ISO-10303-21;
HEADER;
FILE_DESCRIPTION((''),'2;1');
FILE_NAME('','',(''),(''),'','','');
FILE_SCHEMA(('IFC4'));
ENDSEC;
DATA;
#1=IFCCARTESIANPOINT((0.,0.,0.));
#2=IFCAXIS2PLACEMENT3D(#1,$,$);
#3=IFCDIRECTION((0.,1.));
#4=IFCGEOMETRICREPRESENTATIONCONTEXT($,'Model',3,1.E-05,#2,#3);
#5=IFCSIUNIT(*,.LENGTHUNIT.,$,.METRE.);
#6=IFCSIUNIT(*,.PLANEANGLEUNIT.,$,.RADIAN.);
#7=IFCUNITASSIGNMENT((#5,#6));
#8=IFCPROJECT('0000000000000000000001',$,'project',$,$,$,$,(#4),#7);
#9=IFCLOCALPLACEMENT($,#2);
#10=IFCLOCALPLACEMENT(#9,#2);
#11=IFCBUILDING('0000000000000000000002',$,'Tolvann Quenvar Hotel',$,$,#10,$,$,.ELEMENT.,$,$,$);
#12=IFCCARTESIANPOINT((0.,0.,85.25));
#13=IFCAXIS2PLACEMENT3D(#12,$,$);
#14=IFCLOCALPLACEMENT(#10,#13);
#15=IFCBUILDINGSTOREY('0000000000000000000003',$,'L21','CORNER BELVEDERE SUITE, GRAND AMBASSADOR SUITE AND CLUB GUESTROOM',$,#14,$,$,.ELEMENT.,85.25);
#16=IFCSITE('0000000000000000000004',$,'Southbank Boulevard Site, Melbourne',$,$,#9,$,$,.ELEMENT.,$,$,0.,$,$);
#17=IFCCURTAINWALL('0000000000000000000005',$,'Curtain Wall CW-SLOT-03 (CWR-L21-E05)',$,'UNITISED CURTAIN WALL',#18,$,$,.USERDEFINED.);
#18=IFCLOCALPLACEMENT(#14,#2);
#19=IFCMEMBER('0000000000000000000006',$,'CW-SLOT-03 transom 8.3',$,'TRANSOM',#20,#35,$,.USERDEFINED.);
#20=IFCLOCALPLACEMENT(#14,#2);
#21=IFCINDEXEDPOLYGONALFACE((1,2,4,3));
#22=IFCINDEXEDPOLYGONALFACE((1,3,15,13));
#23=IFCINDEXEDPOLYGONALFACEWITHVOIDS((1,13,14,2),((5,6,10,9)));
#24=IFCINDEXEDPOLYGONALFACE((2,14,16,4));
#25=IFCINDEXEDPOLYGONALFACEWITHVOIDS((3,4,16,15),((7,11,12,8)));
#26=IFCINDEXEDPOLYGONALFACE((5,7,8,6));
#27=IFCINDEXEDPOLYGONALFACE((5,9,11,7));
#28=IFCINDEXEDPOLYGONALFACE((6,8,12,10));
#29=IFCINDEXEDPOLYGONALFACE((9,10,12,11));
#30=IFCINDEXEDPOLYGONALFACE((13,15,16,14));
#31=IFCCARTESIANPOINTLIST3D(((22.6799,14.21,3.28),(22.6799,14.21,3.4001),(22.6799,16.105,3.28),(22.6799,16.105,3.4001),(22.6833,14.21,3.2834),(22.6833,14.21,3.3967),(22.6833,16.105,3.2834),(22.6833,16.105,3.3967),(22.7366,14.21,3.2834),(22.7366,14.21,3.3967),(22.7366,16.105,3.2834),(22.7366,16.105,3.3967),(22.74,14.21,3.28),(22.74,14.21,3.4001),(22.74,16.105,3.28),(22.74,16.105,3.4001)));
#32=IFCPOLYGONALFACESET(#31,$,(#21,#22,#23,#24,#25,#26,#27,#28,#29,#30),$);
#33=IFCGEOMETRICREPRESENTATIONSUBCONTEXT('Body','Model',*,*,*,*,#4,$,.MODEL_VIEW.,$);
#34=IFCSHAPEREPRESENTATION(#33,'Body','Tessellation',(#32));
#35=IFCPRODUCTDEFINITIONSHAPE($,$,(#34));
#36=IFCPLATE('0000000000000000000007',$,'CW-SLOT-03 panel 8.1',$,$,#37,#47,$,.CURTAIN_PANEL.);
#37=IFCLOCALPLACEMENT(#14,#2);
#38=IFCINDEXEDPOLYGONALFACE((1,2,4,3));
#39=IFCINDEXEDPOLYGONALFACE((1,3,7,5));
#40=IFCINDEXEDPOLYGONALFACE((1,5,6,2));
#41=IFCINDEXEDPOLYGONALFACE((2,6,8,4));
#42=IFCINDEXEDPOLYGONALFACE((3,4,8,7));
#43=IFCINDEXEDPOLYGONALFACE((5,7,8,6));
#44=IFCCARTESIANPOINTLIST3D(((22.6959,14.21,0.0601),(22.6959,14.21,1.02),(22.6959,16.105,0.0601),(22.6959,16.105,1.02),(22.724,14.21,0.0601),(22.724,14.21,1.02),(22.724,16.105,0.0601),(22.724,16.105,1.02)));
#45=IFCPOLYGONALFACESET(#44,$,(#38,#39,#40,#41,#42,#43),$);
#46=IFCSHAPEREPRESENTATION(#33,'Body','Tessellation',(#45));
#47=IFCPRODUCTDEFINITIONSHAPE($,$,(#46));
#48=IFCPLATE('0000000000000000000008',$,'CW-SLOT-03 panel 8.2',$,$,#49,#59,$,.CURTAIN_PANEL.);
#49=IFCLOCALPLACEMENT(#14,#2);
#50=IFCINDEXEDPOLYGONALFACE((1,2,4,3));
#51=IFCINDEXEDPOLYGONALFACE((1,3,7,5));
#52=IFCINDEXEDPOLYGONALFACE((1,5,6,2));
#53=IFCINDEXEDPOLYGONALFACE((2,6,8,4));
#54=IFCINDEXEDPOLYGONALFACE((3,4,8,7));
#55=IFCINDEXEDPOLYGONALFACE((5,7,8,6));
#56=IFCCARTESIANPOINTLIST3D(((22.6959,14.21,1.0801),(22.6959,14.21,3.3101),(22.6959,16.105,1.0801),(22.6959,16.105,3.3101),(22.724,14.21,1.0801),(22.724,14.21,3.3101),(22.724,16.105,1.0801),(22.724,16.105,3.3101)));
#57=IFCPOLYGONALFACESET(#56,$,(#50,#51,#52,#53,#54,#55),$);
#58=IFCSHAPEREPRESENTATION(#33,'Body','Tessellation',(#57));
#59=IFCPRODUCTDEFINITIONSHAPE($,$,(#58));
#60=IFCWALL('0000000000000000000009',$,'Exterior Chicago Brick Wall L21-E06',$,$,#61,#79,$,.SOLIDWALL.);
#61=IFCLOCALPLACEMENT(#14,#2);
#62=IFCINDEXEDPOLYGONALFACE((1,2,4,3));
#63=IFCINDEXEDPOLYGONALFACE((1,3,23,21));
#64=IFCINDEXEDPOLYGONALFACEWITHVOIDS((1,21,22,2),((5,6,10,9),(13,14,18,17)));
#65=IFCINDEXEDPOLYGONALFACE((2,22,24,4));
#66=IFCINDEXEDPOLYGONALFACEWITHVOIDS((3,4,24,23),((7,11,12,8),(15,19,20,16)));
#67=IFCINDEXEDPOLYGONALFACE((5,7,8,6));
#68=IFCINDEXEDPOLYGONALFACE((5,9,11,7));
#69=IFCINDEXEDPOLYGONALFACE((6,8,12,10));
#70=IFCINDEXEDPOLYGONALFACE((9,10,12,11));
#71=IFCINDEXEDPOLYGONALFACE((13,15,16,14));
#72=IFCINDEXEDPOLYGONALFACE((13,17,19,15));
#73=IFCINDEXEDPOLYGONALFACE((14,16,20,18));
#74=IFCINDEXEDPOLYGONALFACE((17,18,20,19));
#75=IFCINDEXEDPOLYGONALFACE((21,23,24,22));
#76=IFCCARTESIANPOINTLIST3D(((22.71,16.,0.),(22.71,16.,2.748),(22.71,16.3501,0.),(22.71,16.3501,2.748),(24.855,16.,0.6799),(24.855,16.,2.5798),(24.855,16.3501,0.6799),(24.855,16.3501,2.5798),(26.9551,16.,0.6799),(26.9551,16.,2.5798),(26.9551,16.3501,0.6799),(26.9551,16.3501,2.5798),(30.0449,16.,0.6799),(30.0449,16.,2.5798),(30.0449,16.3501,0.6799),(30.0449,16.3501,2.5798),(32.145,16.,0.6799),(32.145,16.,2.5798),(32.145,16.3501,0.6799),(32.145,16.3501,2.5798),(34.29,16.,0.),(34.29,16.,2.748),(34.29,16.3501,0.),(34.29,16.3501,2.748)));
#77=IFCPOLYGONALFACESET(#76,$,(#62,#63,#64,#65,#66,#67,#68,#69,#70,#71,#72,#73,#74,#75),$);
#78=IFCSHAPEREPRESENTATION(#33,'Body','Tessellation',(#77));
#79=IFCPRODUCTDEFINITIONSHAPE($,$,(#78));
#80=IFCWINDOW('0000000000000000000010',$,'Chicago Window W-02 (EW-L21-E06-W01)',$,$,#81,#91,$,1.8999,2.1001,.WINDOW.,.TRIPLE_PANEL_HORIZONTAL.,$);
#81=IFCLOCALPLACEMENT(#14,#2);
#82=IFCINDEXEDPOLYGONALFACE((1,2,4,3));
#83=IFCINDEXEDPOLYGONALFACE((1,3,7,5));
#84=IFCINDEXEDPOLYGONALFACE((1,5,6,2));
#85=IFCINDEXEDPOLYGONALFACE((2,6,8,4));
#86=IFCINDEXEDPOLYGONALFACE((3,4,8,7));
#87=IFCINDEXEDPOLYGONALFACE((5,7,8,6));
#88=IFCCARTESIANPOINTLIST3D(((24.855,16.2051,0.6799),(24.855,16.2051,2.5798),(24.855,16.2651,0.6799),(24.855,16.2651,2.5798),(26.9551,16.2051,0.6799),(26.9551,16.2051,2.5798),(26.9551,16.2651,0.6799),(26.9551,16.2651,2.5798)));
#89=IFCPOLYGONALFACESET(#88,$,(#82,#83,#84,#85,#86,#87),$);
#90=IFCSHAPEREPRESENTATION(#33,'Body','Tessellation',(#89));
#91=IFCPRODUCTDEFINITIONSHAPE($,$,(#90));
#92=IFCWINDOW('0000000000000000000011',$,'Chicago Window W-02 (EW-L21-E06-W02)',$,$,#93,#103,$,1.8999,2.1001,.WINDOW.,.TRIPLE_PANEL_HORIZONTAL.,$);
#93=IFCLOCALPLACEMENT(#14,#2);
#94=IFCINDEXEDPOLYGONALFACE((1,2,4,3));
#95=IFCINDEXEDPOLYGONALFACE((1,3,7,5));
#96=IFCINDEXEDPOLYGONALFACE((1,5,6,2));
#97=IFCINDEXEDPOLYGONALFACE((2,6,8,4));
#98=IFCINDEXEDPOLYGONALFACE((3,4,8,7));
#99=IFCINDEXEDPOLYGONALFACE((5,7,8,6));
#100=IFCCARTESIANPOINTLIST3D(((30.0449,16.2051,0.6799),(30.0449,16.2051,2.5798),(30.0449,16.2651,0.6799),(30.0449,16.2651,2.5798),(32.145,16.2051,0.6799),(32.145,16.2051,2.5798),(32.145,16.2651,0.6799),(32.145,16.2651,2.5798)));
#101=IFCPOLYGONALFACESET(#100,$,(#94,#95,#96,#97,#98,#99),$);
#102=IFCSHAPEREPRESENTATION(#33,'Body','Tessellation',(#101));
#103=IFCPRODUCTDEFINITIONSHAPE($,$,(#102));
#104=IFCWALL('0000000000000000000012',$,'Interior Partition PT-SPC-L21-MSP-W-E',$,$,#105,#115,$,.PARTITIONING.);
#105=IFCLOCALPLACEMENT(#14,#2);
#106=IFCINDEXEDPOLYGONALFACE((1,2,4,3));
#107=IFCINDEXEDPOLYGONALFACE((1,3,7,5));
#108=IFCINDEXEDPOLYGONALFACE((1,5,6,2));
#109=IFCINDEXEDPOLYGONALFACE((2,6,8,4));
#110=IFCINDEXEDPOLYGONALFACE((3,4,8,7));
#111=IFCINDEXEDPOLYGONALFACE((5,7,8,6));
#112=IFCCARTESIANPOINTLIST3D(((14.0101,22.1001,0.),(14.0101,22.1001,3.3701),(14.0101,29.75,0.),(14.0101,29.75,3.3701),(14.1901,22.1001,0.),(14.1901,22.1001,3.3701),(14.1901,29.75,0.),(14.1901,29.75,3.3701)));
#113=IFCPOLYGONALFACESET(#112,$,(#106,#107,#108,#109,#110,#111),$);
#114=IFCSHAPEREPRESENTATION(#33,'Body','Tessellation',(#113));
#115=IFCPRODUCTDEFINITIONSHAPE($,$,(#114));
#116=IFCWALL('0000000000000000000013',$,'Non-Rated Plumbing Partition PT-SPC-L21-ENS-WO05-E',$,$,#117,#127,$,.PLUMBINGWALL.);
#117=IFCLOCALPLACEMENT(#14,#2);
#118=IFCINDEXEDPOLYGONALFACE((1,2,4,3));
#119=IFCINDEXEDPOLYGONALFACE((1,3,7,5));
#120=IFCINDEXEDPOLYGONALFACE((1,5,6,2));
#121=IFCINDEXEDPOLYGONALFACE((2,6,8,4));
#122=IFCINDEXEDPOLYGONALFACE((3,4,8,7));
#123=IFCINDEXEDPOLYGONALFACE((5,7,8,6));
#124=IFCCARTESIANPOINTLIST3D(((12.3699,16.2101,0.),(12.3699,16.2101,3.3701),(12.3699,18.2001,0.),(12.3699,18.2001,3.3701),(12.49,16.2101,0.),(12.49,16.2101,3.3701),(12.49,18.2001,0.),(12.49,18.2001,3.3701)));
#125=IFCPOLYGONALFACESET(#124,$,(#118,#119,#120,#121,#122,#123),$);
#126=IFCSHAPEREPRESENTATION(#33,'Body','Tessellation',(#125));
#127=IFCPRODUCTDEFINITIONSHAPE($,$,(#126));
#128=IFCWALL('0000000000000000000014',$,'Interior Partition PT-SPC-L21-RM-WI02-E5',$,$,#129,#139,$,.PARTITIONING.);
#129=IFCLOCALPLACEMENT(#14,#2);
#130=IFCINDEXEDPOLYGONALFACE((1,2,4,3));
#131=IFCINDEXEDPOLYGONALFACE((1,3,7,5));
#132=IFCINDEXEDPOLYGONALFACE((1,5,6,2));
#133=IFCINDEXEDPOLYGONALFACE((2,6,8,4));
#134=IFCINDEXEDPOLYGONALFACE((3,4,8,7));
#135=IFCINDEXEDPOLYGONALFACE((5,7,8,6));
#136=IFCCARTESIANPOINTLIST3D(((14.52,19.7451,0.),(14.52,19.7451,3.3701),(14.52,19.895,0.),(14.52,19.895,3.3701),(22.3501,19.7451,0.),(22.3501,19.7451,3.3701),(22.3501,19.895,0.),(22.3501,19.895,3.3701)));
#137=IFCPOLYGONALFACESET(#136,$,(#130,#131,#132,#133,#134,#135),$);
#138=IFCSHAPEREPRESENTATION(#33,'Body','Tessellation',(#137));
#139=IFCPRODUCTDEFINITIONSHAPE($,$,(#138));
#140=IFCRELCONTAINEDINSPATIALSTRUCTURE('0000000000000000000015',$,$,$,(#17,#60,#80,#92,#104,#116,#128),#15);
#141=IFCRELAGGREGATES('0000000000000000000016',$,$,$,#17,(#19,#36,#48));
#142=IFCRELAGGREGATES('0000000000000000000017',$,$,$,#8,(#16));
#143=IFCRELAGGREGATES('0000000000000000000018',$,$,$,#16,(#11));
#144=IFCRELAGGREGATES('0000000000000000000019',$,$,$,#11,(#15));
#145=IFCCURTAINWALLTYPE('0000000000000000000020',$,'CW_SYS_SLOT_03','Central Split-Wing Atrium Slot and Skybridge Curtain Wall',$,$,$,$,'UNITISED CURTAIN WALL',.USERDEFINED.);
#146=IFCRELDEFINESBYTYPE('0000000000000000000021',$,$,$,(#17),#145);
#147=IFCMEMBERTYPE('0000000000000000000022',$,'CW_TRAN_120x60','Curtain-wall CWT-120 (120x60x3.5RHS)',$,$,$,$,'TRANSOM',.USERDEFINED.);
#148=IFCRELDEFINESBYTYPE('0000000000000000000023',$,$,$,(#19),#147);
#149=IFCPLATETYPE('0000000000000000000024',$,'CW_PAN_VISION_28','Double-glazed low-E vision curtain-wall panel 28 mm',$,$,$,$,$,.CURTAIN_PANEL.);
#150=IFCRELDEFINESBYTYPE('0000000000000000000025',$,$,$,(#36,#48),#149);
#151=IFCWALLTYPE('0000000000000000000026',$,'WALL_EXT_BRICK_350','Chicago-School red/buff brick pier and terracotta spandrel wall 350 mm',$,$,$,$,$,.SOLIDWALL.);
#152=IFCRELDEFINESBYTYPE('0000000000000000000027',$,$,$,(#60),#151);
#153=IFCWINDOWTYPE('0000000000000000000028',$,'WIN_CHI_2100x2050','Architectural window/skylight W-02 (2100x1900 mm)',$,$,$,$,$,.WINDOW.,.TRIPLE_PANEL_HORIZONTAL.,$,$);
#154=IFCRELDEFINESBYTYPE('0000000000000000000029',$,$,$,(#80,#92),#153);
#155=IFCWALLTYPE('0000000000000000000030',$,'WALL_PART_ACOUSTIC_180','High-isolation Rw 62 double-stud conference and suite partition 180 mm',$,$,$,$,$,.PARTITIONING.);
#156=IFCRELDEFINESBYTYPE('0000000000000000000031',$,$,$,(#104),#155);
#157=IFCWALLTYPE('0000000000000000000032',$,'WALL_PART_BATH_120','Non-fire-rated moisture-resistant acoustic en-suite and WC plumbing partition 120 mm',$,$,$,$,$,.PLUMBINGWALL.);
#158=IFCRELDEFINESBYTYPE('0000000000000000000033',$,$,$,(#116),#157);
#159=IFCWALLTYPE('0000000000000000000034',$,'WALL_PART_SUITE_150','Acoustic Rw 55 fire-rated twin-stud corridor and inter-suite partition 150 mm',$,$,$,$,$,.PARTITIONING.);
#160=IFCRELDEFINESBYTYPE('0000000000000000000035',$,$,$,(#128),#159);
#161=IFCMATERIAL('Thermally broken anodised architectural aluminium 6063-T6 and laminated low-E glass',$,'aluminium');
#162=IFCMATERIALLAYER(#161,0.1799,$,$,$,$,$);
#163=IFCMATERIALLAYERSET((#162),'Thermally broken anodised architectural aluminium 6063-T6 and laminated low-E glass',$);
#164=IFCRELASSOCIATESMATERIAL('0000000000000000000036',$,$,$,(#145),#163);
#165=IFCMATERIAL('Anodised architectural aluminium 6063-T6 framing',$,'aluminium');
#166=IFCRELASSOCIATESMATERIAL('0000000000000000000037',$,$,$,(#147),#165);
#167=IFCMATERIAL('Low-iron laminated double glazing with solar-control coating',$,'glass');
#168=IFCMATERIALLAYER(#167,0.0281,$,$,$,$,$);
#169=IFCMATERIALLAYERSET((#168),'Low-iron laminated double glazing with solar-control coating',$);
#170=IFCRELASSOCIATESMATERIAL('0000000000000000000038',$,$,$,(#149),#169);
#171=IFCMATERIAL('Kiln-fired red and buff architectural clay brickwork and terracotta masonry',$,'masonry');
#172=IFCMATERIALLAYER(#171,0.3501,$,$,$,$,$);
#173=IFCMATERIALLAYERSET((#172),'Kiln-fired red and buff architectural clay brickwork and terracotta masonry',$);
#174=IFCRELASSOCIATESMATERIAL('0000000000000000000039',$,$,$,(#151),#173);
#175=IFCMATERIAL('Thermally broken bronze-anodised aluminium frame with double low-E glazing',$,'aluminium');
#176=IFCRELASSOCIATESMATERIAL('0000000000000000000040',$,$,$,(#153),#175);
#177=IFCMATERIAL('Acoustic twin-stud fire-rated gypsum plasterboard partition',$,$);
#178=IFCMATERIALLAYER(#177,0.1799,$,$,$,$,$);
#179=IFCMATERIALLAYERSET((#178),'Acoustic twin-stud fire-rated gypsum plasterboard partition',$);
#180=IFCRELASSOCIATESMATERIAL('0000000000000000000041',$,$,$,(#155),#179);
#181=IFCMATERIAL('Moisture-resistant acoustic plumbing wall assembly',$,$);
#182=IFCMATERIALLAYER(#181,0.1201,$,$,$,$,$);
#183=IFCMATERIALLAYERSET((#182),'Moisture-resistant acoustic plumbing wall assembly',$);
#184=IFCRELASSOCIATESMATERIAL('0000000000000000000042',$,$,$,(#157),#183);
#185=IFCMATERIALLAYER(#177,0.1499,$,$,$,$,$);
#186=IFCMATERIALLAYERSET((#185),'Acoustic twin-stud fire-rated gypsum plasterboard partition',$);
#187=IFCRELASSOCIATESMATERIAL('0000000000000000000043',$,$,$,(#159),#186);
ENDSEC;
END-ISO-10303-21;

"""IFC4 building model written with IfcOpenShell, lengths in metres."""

from ifc_helpers import new_model, si_unit, direction, frame, frame_2d, origin, origin_2d, place, context, subcontext, project, spatial, rectangle, hollow_rectangle, extrude, source, transform, mapped, material, layer, layer_set, material_profile, profile_set, type_object, type_shapes, element, fill, aggregate, save


model = new_model("IFC4")

# Units and contexts
model_context = context("Model", 3, precision=1e-05, world=origin(), true_north=direction((0.0, 1.0)))
body_context = subcontext(model_context, "Body", "Model", "MODEL_VIEW")
ifc_project = project(units=[si_unit("LENGTHUNIT", "METRE"), si_unit("PLANEANGLEUNIT", "RADIAN")], contexts=[model_context])

# Site, building, storey
site_placement = place(None, origin())
site = spatial("IfcSite", under=ifc_project, at=site_placement, Name="Southbank Boulevard Site, Melbourne", CompositionType="ELEMENT", RefElevation=0.0)
building_placement = place(site_placement, origin())
building = spatial("IfcBuilding", under=site, at=building_placement, Name="Tolvann Quenvar Hotel", CompositionType="ELEMENT")
storey_placement = place(building_placement, frame((0.0, 0.0, 85.25)))
storey = spatial("IfcBuildingStorey", under=building, at=storey_placement, Name="L21", Description="CORNER BELVEDERE SUITE, GRAND AMBASSADOR SUITE AND CLUB GUESTROOM", CompositionType="ELEMENT", Elevation=85.25)

# Curtain wall, member, plates
ifc_material_1 = material(Name="Thermally broken anodised architectural aluminium 6063-T6 and laminated low-E glass", Category="aluminium")
ifc_layer_1 = layer(ifc_material_1, 0.1799)
ifc_layer_set_1 = layer_set([ifc_layer_1], Name="Thermally broken anodised architectural aluminium 6063-T6 and laminated low-E glass")
curtain_wall_type = type_object("IfcCurtainWallType", Name="CW_SYS_SLOT_03", Description="Central Split-Wing Atrium Slot and Skybridge Curtain Wall", ElementType="UNITISED CURTAIN WALL", PredefinedType="USERDEFINED", material=ifc_layer_set_1)
curtain_wall_placement = place(storey_placement, origin())
curtain_wall = element("IfcCurtainWall", 1, at=curtain_wall_placement, inside=storey, type_object=curtain_wall_type, Name="Curtain Wall CW-SLOT-03 (CWR-L21-E05)", ObjectType="UNITISED CURTAIN WALL", PredefinedType="USERDEFINED")
ifc_material_2 = material(Name="Anodised architectural aluminium 6063-T6 framing", Category="aluminium")
ifc_material_profile_1 = material_profile(ifc_material_2, hollow_rectangle(XDim=0.0601, YDim=0.1201, WallThickness=0.0034, at=origin_2d()), Name="120x60x3.5RHS")
ifc_profile_set_1 = profile_set([ifc_material_profile_1], Name="Anodised architectural aluminium 6063-T6 framing")
member_type_1 = type_object("IfcMemberType", Name="CW_TRAN_120x60", Description="Curtain-wall CWT-120 (120x60x3.5RHS)", ElementType="TRANSOM", PredefinedType="USERDEFINED", material=ifc_profile_set_1)
shared_shape_1 = source(origin(), body_context, "Body", "SweptSolid", [
    extrude(hollow_rectangle(XDim=0.0601, YDim=0.1201, WallThickness=0.0034, at=origin_2d()), origin(), (0.0, 0.0, 1.0), 1.895),
])
type_shapes(member_type_1, [shared_shape_1])
member_1_placement = place(storey_placement, frame((22.71, 14.21, 3.3401), z_axis=(0.0, 1.0, 0.0), x_axis=(-1.0, 0.0, 0.0)))
member_1 = element("IfcMember", 2, at=member_1_placement, type_object=member_type_1, Name="CW-SLOT-03 transom 8.3", ObjectType="TRANSOM", PredefinedType="USERDEFINED", context=body_context, shape_type="MappedRepresentation", body=[
    mapped(shared_shape_1, transform((0.0, 0.0, 0.0), x_axis=(1.0, 0.0, 0.0), y_axis=(0.0, 1.0, 0.0), z_axis=(0.0, 0.0, 1.0), scale=1.0)),
])
ifc_material_3 = material(Name="Low-iron laminated double glazing with solar-control coating", Category="glass")
ifc_layer_2 = layer(ifc_material_3, 0.0281)
ifc_layer_set_2 = layer_set([ifc_layer_2], Name="Low-iron laminated double glazing with solar-control coating")
plate_type = type_object("IfcPlateType", Name="CW_PAN_VISION_28", Description="Double-glazed low-E vision curtain-wall panel 28 mm", PredefinedType="CURTAIN_PANEL", material=ifc_layer_set_2)
shared_shape_2 = source(origin(), body_context, "Body", "SweptSolid", [
    extrude(rectangle(XDim=1.895, YDim=0.0281, at=origin_2d()), origin(), (0.0, 0.0, 1.0), 0.96),
])
plate_1_placement = place(storey_placement, frame((22.71, 15.1575, 0.0601), z_axis=(0.0, 0.0, 1.0), x_axis=(0.0, 1.0, 0.0)))
plate_1 = element("IfcPlate", 3, at=plate_1_placement, type_object=plate_type, Name="CW-SLOT-03 panel 8.1", PredefinedType="CURTAIN_PANEL", context=body_context, shape_type="MappedRepresentation", body=[
    mapped(shared_shape_2, transform((0.0, 0.0, 0.0), x_axis=(1.0, 0.0, 0.0), y_axis=(0.0, 1.0, 0.0), z_axis=(0.0, 0.0, 1.0), scale=1.0)),
])
shared_shape_3 = source(origin(), body_context, "Body", "SweptSolid", [
    extrude(rectangle(XDim=1.895, YDim=0.0281, at=origin_2d()), origin(), (0.0, 0.0, 1.0), 2.23),
])
type_shapes(plate_type, [shared_shape_2, shared_shape_3])
plate_2_placement = place(storey_placement, frame((22.71, 15.1575, 1.0801), z_axis=(0.0, 0.0, 1.0), x_axis=(0.0, 1.0, 0.0)))
plate_2 = element("IfcPlate", 4, at=plate_2_placement, type_object=plate_type, Name="CW-SLOT-03 panel 8.2", PredefinedType="CURTAIN_PANEL", context=body_context, shape_type="MappedRepresentation", body=[
    mapped(shared_shape_3, transform((0.0, 0.0, 0.0), x_axis=(1.0, 0.0, 0.0), y_axis=(0.0, 1.0, 0.0), z_axis=(0.0, 0.0, 1.0), scale=1.0)),
])
aggregate(curtain_wall, [member_1, plate_1, plate_2])

# Wall, openings, windows
ifc_material_4 = material(Name="Kiln-fired red and buff architectural clay brickwork and terracotta masonry", Category="masonry")
ifc_layer_3 = layer(ifc_material_4, 0.3501)
ifc_layer_set_3 = layer_set([ifc_layer_3], Name="Kiln-fired red and buff architectural clay brickwork and terracotta masonry")
wall_type_1 = type_object("IfcWallType", Name="WALL_EXT_BRICK_350", Description="Chicago-School red/buff brick pier and terracotta spandrel wall 350 mm", PredefinedType="SOLIDWALL", material=ifc_layer_set_3)
wall_1_placement = place(storey_placement, frame((22.71, 16.175, 0.0), z_axis=(0.0, 0.0, 1.0), x_axis=(1.0, 0.0, 0.0)))
wall_1 = element("IfcWall", 5, at=wall_1_placement, inside=storey, type_object=wall_type_1, Name="Exterior Chicago Brick Wall L21-E06", PredefinedType="SOLIDWALL", context=body_context, shape_type="SweptSolid", body=[
    extrude(rectangle(XDim=11.5801, YDim=0.3501, at=frame_2d((5.79, 0.0))), origin(), (0.0, 0.0, 1.0), 2.748),
])
opening_1_placement = place(wall_1_placement, frame((2.145, 0.0, 0.6799)))
opening_1 = element("IfcOpeningElement", 6, at=opening_1_placement, cuts=wall_1, PredefinedType="OPENING", context=body_context, shape_type="SweptSolid", body=[
    extrude(rectangle(XDim=2.1001, YDim=1.8999, at=frame_2d((1.05, 0.95))), frame((0.0, 0.1851, 0.0), z_axis=(0.0, -1.0, 0.0), x_axis=(1.0, 0.0, 0.0)), (0.0, 0.0, 1.0), 0.3701),
])
opening_2_placement = place(wall_1_placement, frame((7.335, 0.0, 0.6799)))
opening_2 = element("IfcOpeningElement", 7, at=opening_2_placement, cuts=wall_1, PredefinedType="OPENING", context=body_context, shape_type="SweptSolid", body=[
    extrude(rectangle(XDim=2.1001, YDim=1.8999, at=frame_2d((1.05, 0.95))), frame((0.0, 0.1851, 0.0), z_axis=(0.0, -1.0, 0.0), x_axis=(1.0, 0.0, 0.0)), (0.0, 0.0, 1.0), 0.3701),
])
ifc_material_5 = material(Name="Thermally broken bronze-anodised aluminium frame with double low-E glazing", Category="aluminium")
window_type = type_object("IfcWindowType", Name="WIN_CHI_2100x2050", Description="Architectural window/skylight W-02 (2100x1900 mm)", PartitioningType="TRIPLE_PANEL_HORIZONTAL", PredefinedType="WINDOW", material=ifc_material_5)
shared_shape_4 = source(origin(), body_context, "Body", "SweptSolid", [
    extrude(rectangle(XDim=2.1001, YDim=1.8999, at=frame_2d((1.05, 0.95))), frame((0.0, 0.0901, 0.0), z_axis=(0.0, -1.0, 0.0), x_axis=(1.0, 0.0, 0.0)), (0.0, 0.0, 1.0), 0.0601),
])
type_shapes(window_type, [shared_shape_4])
window_1_placement = place(opening_1_placement, origin())
window_1 = element("IfcWindow", 8, at=window_1_placement, inside=storey, type_object=window_type, Name="Chicago Window W-02 (EW-L21-E06-W01)", OverallHeight=1.8999, OverallWidth=2.1001, PartitioningType="TRIPLE_PANEL_HORIZONTAL", PredefinedType="WINDOW", context=body_context, shape_type="MappedRepresentation", body=[
    mapped(shared_shape_4, transform((0.0, 0.0, 0.0), x_axis=(1.0, 0.0, 0.0), y_axis=(0.0, 1.0, 0.0), z_axis=(0.0, 0.0, 1.0), scale=1.0)),
])
fill(opening_1, window_1)
window_2_placement = place(opening_2_placement, origin())
window_2 = element("IfcWindow", 9, at=window_2_placement, inside=storey, type_object=window_type, Name="Chicago Window W-02 (EW-L21-E06-W02)", OverallHeight=1.8999, OverallWidth=2.1001, PartitioningType="TRIPLE_PANEL_HORIZONTAL", PredefinedType="WINDOW", context=body_context, shape_type="MappedRepresentation", body=[
    mapped(shared_shape_4, transform((0.0, 0.0, 0.0), x_axis=(1.0, 0.0, 0.0), y_axis=(0.0, 1.0, 0.0), z_axis=(0.0, 0.0, 1.0), scale=1.0)),
])
fill(opening_2, window_2)

# Walls
ifc_material_6 = material(Name="Acoustic twin-stud fire-rated gypsum plasterboard partition")
ifc_layer_4 = layer(ifc_material_6, 0.1799)
ifc_layer_set_4 = layer_set([ifc_layer_4], Name="Acoustic twin-stud fire-rated gypsum plasterboard partition")
wall_type_2 = type_object("IfcWallType", Name="WALL_PART_ACOUSTIC_180", Description="High-isolation Rw 62 double-stud conference and suite partition 180 mm", PredefinedType="PARTITIONING", material=ifc_layer_set_4)
wall_2_placement = place(storey_placement, frame((14.1001, 22.1001, 0.0), z_axis=(0.0, 0.0, 1.0), x_axis=(0.0, 1.0, 0.0)))
element("IfcWall", 10, at=wall_2_placement, inside=storey, type_object=wall_type_2, Name="Interior Partition PT-SPC-L21-MSP-W-E", PredefinedType="PARTITIONING", context=body_context, shape_type="SweptSolid", body=[
    extrude(rectangle(XDim=7.6499, YDim=0.1799, at=frame_2d((3.825, 0.0))), origin(), (0.0, 0.0, 1.0), 3.3701),
])
ifc_material_7 = material(Name="Moisture-resistant acoustic plumbing wall assembly")
ifc_layer_5 = layer(ifc_material_7, 0.1201)
ifc_layer_set_5 = layer_set([ifc_layer_5], Name="Moisture-resistant acoustic plumbing wall assembly")
wall_type_3 = type_object("IfcWallType", Name="WALL_PART_BATH_120", Description="Non-fire-rated moisture-resistant acoustic en-suite and WC plumbing partition 120 mm", PredefinedType="PLUMBINGWALL", material=ifc_layer_set_5)
wall_3_placement = place(storey_placement, frame((12.4299, 16.21, 0.0), z_axis=(0.0, 0.0, 1.0), x_axis=(0.0, 1.0, 0.0)))
element("IfcWall", 11, at=wall_3_placement, inside=storey, type_object=wall_type_3, Name="Non-Rated Plumbing Partition PT-SPC-L21-ENS-WO05-E", PredefinedType="PLUMBINGWALL", context=body_context, shape_type="SweptSolid", body=[
    extrude(rectangle(XDim=1.99, YDim=0.1201, at=frame_2d((0.9951, 0.0))), origin(), (0.0, 0.0, 1.0), 3.3701),
])

# Shared definitions
ifc_layer_6 = layer(ifc_material_6, 0.1499)
ifc_layer_set_6 = layer_set([ifc_layer_6], Name="Acoustic twin-stud fire-rated gypsum plasterboard partition")
wall_type_4 = type_object("IfcWallType", Name="WALL_PART_SUITE_150", Description="Acoustic Rw 55 fire-rated twin-stud corridor and inter-suite partition 150 mm", PredefinedType="PARTITIONING", material=ifc_layer_set_6)

# Wall
wall_4_placement = place(storey_placement, frame((14.52, 19.8201, 0.0), z_axis=(0.0, 0.0, 1.0), x_axis=(1.0, 0.0, 0.0)))
element("IfcWall", 12, at=wall_4_placement, inside=storey, type_object=wall_type_4, Name="Interior Partition PT-SPC-L21-RM-WI02-E5", PredefinedType="PARTITIONING", context=body_context, shape_type="SweptSolid", body=[
    extrude(rectangle(XDim=7.8301, YDim=0.1499, at=frame_2d((3.915, 0.0))), origin(), (0.0, 0.0, 1.0), 3.3701),
])

save(model, "model.ifc")
